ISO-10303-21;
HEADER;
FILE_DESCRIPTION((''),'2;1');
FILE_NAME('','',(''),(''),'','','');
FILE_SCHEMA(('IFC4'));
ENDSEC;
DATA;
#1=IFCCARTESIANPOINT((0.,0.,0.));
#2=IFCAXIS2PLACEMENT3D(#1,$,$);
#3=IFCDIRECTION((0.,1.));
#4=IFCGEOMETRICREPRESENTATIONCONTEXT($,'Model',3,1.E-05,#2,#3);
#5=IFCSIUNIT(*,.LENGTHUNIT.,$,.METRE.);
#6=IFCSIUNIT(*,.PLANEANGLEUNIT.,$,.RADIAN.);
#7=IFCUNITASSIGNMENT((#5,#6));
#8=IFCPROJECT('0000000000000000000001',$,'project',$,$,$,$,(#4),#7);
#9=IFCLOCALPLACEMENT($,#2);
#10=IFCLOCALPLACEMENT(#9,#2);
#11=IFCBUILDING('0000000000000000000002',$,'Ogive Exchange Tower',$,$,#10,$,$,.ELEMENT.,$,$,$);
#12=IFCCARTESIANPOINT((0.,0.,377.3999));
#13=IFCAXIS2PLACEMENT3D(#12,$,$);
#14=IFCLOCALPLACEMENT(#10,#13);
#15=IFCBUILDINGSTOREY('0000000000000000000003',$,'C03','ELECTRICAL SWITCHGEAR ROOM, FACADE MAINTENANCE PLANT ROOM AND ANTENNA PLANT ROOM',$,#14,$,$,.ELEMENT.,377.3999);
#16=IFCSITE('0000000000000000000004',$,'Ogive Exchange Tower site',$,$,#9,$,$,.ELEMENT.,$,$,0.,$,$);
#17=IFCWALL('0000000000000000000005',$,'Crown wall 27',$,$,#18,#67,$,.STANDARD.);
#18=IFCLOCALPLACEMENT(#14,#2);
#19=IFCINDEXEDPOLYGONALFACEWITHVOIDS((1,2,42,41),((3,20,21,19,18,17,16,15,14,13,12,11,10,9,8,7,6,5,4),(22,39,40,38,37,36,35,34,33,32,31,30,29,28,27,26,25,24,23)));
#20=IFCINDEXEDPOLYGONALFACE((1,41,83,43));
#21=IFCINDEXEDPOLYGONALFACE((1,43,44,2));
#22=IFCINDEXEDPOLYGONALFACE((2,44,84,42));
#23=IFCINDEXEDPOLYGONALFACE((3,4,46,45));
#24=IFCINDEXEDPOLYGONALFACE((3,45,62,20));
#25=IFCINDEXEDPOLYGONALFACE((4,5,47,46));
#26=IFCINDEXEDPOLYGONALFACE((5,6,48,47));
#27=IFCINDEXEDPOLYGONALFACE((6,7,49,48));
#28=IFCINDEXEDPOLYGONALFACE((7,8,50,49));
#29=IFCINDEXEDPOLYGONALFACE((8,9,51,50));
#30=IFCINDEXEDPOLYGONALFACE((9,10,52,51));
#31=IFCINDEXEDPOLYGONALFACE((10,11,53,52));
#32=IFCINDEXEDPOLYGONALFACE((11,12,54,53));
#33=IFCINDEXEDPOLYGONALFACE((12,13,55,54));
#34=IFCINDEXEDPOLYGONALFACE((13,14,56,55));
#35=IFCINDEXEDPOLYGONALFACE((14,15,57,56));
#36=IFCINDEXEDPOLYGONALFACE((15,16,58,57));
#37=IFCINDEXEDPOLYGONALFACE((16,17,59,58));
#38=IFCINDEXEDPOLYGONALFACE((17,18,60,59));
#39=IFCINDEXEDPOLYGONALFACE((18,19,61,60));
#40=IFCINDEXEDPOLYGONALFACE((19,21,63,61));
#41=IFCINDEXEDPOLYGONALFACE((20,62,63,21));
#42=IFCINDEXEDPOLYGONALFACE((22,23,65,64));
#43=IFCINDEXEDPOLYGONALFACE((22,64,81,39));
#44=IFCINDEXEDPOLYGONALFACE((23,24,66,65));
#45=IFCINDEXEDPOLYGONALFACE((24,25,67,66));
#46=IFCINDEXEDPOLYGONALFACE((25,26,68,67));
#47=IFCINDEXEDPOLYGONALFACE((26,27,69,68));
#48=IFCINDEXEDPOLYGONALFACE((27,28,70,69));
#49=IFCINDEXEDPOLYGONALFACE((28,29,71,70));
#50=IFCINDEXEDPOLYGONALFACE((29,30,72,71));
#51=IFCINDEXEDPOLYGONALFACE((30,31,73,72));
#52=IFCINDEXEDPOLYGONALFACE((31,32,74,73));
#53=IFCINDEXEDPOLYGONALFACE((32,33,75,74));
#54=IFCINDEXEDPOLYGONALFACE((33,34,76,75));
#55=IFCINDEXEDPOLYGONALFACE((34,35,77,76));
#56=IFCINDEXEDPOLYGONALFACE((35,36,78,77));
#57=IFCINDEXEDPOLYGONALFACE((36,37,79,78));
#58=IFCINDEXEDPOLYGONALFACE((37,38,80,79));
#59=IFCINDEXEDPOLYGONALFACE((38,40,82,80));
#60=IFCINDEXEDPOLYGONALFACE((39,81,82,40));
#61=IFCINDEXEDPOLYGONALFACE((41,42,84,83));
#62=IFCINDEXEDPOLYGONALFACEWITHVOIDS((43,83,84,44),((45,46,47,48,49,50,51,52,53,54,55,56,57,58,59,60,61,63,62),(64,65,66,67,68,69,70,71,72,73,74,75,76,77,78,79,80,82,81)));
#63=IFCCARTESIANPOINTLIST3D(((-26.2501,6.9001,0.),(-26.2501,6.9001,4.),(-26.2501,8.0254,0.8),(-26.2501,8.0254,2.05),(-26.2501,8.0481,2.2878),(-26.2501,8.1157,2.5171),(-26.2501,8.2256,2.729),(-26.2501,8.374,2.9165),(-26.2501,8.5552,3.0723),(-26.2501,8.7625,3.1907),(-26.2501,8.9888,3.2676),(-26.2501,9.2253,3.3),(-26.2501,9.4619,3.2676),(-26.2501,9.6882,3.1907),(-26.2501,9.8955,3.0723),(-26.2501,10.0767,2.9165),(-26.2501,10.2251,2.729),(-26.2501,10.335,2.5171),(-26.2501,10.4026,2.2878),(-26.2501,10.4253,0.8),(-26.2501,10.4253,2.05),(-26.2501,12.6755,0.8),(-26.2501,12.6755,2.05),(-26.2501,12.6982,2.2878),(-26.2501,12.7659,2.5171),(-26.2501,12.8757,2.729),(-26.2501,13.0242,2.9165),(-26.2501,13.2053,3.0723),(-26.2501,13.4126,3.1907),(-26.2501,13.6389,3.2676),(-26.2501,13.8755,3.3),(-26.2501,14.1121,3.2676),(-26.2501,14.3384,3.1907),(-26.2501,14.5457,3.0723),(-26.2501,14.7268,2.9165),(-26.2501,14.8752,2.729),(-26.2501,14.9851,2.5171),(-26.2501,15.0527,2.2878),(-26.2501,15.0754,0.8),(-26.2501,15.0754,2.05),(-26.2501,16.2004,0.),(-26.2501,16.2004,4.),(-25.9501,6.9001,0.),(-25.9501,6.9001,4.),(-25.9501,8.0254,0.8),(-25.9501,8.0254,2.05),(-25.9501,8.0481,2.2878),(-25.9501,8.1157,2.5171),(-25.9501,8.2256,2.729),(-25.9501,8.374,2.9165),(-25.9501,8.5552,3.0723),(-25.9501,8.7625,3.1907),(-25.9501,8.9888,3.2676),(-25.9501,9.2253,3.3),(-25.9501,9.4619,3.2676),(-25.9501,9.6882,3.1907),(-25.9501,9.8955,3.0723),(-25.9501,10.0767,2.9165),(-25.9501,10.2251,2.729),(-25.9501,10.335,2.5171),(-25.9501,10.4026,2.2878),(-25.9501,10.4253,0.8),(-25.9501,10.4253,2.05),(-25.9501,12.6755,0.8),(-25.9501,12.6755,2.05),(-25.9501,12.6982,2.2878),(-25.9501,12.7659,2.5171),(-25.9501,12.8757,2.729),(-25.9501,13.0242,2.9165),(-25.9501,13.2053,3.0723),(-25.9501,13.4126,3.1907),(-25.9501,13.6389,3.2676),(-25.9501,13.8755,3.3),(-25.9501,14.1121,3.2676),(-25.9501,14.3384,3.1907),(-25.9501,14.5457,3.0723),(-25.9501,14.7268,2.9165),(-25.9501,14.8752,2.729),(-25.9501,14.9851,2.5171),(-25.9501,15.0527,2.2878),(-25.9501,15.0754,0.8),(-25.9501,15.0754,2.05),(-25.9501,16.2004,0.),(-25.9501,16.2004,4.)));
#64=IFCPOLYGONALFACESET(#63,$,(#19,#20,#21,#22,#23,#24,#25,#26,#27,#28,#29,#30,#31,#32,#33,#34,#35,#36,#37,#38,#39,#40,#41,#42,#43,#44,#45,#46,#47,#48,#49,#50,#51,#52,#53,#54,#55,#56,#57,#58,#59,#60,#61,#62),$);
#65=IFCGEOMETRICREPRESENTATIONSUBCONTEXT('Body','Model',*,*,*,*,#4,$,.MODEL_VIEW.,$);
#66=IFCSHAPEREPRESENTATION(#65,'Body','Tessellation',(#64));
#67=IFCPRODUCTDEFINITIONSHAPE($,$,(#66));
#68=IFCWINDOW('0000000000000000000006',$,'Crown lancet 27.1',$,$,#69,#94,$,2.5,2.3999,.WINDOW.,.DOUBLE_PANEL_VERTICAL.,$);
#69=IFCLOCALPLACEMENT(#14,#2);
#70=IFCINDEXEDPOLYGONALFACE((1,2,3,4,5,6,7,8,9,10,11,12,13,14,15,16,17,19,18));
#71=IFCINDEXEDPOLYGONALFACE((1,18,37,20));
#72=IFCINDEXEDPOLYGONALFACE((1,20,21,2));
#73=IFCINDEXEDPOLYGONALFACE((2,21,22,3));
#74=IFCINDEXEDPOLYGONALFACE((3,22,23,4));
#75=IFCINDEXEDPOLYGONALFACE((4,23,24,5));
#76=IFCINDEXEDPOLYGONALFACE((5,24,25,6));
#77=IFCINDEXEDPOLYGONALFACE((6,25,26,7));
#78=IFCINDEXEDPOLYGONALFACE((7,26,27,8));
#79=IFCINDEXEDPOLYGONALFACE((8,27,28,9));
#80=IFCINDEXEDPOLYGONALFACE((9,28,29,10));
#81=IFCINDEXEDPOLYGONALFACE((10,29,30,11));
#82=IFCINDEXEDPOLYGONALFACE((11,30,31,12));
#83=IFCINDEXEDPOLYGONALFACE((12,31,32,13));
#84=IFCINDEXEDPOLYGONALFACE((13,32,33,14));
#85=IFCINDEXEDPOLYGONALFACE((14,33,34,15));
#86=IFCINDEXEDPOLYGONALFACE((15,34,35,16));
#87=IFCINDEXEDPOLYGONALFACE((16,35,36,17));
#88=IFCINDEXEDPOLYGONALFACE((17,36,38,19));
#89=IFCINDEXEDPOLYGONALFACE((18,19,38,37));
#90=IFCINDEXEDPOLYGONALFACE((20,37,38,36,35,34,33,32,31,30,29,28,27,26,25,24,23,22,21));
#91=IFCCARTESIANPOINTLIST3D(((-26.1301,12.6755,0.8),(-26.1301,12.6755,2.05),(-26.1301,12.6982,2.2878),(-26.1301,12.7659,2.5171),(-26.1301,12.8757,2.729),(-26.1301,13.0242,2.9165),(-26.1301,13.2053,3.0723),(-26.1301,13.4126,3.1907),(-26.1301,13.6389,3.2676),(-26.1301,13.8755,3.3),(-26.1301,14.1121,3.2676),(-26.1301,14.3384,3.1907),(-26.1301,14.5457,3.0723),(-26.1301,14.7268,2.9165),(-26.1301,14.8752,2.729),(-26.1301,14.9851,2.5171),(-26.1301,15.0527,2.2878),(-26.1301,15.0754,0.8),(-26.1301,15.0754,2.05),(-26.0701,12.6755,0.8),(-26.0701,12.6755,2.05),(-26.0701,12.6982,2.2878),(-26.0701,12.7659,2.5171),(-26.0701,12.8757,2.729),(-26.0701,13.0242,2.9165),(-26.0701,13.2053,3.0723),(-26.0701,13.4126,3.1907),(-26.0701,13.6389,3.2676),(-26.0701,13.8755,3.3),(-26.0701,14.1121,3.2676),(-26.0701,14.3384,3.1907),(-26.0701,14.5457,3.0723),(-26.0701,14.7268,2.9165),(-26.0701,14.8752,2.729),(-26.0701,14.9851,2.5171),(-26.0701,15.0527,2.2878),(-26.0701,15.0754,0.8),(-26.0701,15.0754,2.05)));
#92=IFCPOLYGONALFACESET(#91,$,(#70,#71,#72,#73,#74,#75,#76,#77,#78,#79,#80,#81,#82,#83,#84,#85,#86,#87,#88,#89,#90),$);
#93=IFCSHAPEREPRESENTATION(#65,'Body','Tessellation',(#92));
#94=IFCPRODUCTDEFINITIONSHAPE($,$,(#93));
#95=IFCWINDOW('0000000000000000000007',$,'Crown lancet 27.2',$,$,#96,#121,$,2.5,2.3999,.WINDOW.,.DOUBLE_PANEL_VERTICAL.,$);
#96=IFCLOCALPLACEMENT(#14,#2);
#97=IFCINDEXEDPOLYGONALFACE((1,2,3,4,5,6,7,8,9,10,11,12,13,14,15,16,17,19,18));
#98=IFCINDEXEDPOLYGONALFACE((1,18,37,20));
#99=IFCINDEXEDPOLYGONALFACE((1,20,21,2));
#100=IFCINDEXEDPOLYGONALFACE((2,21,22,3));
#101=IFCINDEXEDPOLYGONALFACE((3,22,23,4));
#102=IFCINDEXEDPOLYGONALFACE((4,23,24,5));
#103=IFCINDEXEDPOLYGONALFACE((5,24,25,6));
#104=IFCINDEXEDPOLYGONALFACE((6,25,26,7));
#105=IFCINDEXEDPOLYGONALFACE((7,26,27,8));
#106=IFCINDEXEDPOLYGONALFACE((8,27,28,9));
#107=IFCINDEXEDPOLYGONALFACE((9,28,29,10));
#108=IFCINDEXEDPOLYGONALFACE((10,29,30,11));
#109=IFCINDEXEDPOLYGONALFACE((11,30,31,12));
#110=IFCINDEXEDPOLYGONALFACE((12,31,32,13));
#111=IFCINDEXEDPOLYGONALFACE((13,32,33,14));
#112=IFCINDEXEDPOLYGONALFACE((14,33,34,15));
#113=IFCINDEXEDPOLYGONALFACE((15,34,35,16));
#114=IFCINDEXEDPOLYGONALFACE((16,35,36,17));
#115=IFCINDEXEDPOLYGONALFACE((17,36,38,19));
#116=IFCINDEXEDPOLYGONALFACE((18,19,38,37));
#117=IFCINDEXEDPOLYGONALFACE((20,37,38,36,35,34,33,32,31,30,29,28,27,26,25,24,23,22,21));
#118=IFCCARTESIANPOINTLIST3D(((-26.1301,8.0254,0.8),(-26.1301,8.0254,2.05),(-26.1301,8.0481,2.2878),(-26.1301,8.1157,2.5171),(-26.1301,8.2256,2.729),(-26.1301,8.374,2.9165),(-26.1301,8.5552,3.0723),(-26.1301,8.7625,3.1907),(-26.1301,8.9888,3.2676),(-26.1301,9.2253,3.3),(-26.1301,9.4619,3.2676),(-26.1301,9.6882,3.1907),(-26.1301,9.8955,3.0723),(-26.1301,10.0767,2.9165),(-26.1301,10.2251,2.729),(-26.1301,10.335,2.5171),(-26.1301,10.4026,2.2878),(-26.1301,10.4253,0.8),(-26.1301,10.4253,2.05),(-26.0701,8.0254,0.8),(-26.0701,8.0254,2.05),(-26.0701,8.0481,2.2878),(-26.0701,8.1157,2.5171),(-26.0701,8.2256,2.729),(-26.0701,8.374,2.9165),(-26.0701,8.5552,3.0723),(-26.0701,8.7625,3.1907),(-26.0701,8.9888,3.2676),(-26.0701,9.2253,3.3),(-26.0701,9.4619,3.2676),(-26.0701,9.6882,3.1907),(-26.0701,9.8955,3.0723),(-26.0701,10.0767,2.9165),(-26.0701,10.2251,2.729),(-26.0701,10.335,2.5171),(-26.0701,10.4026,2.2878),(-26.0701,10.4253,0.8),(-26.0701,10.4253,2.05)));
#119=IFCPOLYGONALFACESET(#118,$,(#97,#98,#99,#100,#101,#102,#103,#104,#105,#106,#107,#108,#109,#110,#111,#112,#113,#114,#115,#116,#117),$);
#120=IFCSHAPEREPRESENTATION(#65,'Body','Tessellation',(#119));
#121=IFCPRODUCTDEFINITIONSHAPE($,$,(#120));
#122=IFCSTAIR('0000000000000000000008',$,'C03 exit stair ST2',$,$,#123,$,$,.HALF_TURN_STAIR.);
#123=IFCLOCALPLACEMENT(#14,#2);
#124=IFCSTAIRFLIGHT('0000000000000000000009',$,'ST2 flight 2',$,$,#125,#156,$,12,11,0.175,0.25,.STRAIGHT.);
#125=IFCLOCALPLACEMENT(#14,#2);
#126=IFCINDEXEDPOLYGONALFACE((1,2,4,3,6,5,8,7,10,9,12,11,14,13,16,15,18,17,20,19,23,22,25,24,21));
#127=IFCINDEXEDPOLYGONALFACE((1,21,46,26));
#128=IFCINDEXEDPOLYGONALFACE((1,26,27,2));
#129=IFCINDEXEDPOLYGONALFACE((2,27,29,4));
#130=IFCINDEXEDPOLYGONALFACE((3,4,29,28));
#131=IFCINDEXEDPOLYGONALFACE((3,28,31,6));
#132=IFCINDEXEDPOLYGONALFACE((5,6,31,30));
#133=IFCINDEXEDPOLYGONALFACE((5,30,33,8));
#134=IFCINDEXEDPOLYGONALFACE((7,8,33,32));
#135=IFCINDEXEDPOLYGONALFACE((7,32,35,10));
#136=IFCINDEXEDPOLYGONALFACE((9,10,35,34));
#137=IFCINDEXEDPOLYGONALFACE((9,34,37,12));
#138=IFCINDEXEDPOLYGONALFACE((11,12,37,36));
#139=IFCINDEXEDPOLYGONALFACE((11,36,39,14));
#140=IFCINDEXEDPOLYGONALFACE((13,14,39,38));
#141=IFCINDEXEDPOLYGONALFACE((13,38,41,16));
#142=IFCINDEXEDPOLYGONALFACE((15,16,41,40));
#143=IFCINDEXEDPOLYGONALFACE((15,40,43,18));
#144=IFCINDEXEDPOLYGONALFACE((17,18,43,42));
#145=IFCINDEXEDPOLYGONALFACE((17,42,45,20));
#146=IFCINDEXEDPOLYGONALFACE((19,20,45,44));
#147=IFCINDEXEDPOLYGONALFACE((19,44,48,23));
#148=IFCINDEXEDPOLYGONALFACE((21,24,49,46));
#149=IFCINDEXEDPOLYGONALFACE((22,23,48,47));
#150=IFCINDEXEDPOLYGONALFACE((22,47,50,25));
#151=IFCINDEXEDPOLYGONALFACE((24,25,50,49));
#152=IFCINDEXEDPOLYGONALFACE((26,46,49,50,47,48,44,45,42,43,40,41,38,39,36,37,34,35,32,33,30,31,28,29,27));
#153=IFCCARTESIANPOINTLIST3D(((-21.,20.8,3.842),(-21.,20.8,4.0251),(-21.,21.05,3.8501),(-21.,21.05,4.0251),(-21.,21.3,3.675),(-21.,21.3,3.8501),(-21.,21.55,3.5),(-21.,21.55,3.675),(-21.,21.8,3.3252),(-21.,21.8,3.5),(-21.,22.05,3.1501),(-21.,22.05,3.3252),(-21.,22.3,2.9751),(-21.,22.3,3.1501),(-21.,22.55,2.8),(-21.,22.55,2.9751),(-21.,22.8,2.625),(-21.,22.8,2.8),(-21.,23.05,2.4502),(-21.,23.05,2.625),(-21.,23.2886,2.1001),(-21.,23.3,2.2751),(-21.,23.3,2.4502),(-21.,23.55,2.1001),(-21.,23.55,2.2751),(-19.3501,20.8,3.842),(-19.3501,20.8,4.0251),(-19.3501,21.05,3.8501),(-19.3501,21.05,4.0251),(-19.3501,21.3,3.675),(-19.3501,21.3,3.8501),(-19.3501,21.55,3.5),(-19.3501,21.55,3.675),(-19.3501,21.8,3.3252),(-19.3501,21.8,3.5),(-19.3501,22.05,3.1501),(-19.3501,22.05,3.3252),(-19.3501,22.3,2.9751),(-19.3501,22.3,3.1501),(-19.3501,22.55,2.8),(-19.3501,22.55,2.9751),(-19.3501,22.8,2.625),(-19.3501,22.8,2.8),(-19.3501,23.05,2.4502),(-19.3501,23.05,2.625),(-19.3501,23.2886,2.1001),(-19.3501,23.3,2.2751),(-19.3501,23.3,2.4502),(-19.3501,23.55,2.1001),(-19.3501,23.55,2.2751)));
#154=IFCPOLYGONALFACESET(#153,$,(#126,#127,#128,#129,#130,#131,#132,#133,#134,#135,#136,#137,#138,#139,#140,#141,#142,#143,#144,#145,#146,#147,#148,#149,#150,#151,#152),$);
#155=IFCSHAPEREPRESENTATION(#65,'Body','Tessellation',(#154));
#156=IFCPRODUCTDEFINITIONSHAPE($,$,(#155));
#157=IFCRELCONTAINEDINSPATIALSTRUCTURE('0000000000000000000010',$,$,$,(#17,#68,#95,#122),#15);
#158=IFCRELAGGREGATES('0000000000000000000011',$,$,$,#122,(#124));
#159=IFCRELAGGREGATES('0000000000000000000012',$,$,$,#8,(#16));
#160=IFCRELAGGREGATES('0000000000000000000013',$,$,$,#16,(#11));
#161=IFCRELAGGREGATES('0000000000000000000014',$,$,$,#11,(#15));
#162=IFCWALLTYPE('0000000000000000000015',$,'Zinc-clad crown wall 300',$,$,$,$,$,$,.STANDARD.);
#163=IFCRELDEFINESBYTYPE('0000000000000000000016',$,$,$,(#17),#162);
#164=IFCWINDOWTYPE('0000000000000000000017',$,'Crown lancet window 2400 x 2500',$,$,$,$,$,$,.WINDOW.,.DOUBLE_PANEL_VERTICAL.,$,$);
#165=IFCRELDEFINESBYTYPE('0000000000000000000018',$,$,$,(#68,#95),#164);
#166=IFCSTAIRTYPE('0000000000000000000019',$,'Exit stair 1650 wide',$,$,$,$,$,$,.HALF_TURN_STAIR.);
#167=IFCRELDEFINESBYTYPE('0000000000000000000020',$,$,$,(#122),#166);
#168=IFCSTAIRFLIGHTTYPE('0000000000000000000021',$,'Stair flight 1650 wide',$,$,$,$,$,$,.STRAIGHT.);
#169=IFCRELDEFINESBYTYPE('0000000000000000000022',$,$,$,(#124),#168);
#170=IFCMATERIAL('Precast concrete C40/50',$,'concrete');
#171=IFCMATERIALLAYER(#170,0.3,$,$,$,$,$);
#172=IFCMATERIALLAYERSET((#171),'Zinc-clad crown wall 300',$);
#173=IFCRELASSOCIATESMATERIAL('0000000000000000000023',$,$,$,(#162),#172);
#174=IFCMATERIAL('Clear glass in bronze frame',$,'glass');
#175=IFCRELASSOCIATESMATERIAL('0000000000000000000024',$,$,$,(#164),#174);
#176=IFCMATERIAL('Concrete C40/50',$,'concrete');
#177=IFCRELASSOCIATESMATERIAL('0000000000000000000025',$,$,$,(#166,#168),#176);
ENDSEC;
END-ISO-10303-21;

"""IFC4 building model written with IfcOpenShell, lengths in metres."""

from ifc_helpers import new_model, si_unit, direction, frame, frame_2d, origin, place, context, subcontext, project, spatial, polyline, rectangle, outline, extrude, material, layer, layer_set, type_object, element, fill, aggregate, save


model = new_model("IFC4")

# Units and contexts
model_context = context("Model", 3, precision=1e-05, world=origin(), true_north=direction((0.0, 1.0)))
body_context = subcontext(model_context, "Body", "Model", "MODEL_VIEW")
ifc_project = project(units=[si_unit("LENGTHUNIT", "METRE"), si_unit("PLANEANGLEUNIT", "RADIAN")], contexts=[model_context])

# Site, building, storey
site_placement = place(None, origin())
site = spatial("IfcSite", under=ifc_project, at=site_placement, Name="Ogive Exchange Tower site", CompositionType="ELEMENT", RefElevation=0.0)
building_placement = place(site_placement, origin())
building = spatial("IfcBuilding", under=site, at=building_placement, Name="Ogive Exchange Tower", CompositionType="ELEMENT")
storey_placement = place(building_placement, frame((0.0, 0.0, 377.3999)))
storey = spatial("IfcBuildingStorey", under=building, at=storey_placement, Name="C03", Description="ELECTRICAL SWITCHGEAR ROOM, FACADE MAINTENANCE PLANT ROOM AND ANTENNA PLANT ROOM", CompositionType="ELEMENT", Elevation=377.3999)

# Wall, openings, windows
ifc_material_1 = material(Name="Precast concrete C40/50", Category="concrete")
ifc_layer_1 = layer(ifc_material_1, 0.3)
ifc_layer_set_1 = layer_set([ifc_layer_1], Name="Zinc-clad crown wall 300")
wall_type_1 = type_object("IfcWallType", Name="Zinc-clad crown wall 300", PredefinedType="STANDARD", material=ifc_layer_set_1)
ifc_material_2 = material(Name="Clear glass in bronze frame", Category="glass")
window_type = type_object("IfcWindowType", Name="Crown lancet window 2400 x 2500", PartitioningType="DOUBLE_PANEL_VERTICAL", PredefinedType="WINDOW", material=ifc_material_2)
wall_1_placement = place(storey_placement, frame((-26.1001, 16.2004, 0.0), z_axis=(0.0, 0.0, 1.0), x_axis=(0.0, -1.0, 0.0)))
wall_1 = element("IfcWall", 1, at=wall_1_placement, inside=storey, type_object=wall_type_1, Name="Crown wall 27", PredefinedType="STANDARD", context=body_context, shape_type="SweptSolid", body=[
    extrude(rectangle(XDim=9.3003, YDim=0.3, at=frame_2d((4.6501, 0.0))), origin(), (0.0, 0.0, 1.0), 4.0),
])
opening_1_placement = place(wall_1_placement, frame((1.125, 0.0, 0.8)))
opening_1 = element("IfcOpeningElement", 2, at=opening_1_placement, cuts=wall_1, PredefinedType="OPENING", context=body_context, shape_type="SweptSolid", body=[
    extrude(outline(polyline([(0.0, 0.0), (2.3999, 0.0), (2.3999, 1.25), (2.3772, 1.4878), (2.3096, 1.717), (2.1997, 1.929), (2.0513, 2.1165), (1.8701, 2.2722), (1.6628, 2.3906), (1.4365, 2.4675), (1.2, 2.5), (0.9634, 2.4675), (0.7371, 2.3906), (0.5298, 2.2722), (0.3486, 2.1165), (0.2002, 1.929), (0.0903, 1.717), (0.0227, 1.4878), (0.0, 1.25), (0.0, 0.0)])), frame((0.0, 0.1599, 0.0), z_axis=(0.0, -1.0, 0.0), x_axis=(1.0, 0.0, 0.0)), (0.0, 0.0, 1.0), 0.3201),
])
opening_2_placement = place(wall_1_placement, frame((5.7751, 0.0, 0.8)))
opening_2 = element("IfcOpeningElement", 3, at=opening_2_placement, cuts=wall_1, PredefinedType="OPENING", context=body_context, shape_type="SweptSolid", body=[
    extrude(outline(polyline([(0.0, 0.0), (2.3999, 0.0), (2.3999, 1.25), (2.3772, 1.4878), (2.3096, 1.717), (2.1997, 1.929), (2.0513, 2.1165), (1.8701, 2.2722), (1.6628, 2.3906), (1.4365, 2.4675), (1.2, 2.5), (0.9634, 2.4675), (0.7371, 2.3906), (0.5298, 2.2722), (0.3486, 2.1165), (0.2002, 1.929), (0.0903, 1.717), (0.0227, 1.4878), (0.0, 1.25), (0.0, 0.0)])), frame((0.0, 0.1599, 0.0), z_axis=(0.0, -1.0, 0.0), x_axis=(1.0, 0.0, 0.0)), (0.0, 0.0, 1.0), 0.3201),
])
window_1_placement = place(opening_1_placement, origin())
window_1 = element("IfcWindow", 4, at=window_1_placement, inside=storey, type_object=window_type, Name="Crown lancet 27.1", OverallHeight=2.5, OverallWidth=2.3999, PartitioningType="DOUBLE_PANEL_VERTICAL", PredefinedType="WINDOW", context=body_context, shape_type="SweptSolid", body=[
    extrude(outline(polyline([(0.0, 0.0), (2.3999, 0.0), (2.3999, 1.25), (2.3772, 1.4878), (2.3096, 1.717), (2.1997, 1.929), (2.0513, 2.1165), (1.8701, 2.2722), (1.6628, 2.3906), (1.4365, 2.4675), (1.2, 2.5), (0.9634, 2.4675), (0.7371, 2.3906), (0.5298, 2.2722), (0.3486, 2.1165), (0.2002, 1.929), (0.0903, 1.717), (0.0227, 1.4878), (0.0, 1.25), (0.0, 0.0)])), frame((0.0, 0.03, 0.0), z_axis=(0.0, -1.0, 0.0), x_axis=(1.0, 0.0, 0.0)), (0.0, 0.0, 1.0), 0.0601),
])
fill(opening_1, window_1)
window_2_placement = place(opening_2_placement, origin())
window_2 = element("IfcWindow", 5, at=window_2_placement, inside=storey, type_object=window_type, Name="Crown lancet 27.2", OverallHeight=2.5, OverallWidth=2.3999, PartitioningType="DOUBLE_PANEL_VERTICAL", PredefinedType="WINDOW", context=body_context, shape_type="SweptSolid", body=[
    extrude(outline(polyline([(0.0, 0.0), (2.3999, 0.0), (2.3999, 1.25), (2.3772, 1.4878), (2.3096, 1.717), (2.1997, 1.929), (2.0513, 2.1165), (1.8701, 2.2722), (1.6628, 2.3906), (1.4365, 2.4675), (1.2, 2.5), (0.9634, 2.4675), (0.7371, 2.3906), (0.5298, 2.2722), (0.3486, 2.1165), (0.2002, 1.929), (0.0903, 1.717), (0.0227, 1.4878), (0.0, 1.25), (0.0, 0.0)])), frame((0.0, 0.03, 0.0), z_axis=(0.0, -1.0, 0.0), x_axis=(1.0, 0.0, 0.0)), (0.0, 0.0, 1.0), 0.0601),
])
fill(opening_2, window_2)

# Stair, stair flight
ifc_material_3 = material(Name="Concrete C40/50", Category="concrete")
stair_type = type_object("IfcStairType", Name="Exit stair 1650 wide", PredefinedType="HALF_TURN_STAIR", material=ifc_material_3)
stair_placement = place(storey_placement, origin())
stair = element("IfcStair", 6, at=stair_placement, inside=storey, type_object=stair_type, Name="C03 exit stair ST2", PredefinedType="HALF_TURN_STAIR")
stair_flight_type = type_object("IfcStairFlightType", Name="Stair flight 1650 wide", PredefinedType="STRAIGHT", material=ifc_material_3)
stair_flight_placement = place(storey_placement, frame((-20.175, 23.55, 2.1001), z_axis=(0.0, 0.0, 1.0), x_axis=(0.0, -1.0, 0.0)))
stair_flight = element("IfcStairFlight", 7, at=stair_flight_placement, type_object=stair_flight_type, Name="ST2 flight 2", NumberOfRisers=12, NumberOfTreads=11, PredefinedType="STRAIGHT", RiserHeight=0.175, TreadLength=0.25, context=body_context, shape_type="SweptSolid", body=[
    extrude(outline(polyline([(0.0, 0.0), (0.0, 0.175), (0.25, 0.175), (0.25, 0.3501), (0.5, 0.3501), (0.5, 0.5249), (0.75, 0.5249), (0.75, 0.7), (1.0, 0.7), (1.0, 0.875), (1.25, 0.875), (1.25, 1.05), (1.5, 1.05), (1.5, 1.2251), (1.75, 1.2251), (1.75, 1.3999), (2.0, 1.3999), (2.0, 1.575), (2.25, 1.575), (2.25, 1.75), (2.5, 1.75), (2.5, 1.925), (2.75, 1.925), (2.75, 2.1001), (2.75, 1.7419), (0.2615, 0.0), (0.0, 0.0)])), frame((0.0, 0.825, 0.0), z_axis=(0.0, -1.0, 0.0), x_axis=(1.0, 0.0, 0.0)), (0.0, 0.0, 1.0), 1.6499),
])
aggregate(stair, [stair_flight])

save(model, "model.ifc")
